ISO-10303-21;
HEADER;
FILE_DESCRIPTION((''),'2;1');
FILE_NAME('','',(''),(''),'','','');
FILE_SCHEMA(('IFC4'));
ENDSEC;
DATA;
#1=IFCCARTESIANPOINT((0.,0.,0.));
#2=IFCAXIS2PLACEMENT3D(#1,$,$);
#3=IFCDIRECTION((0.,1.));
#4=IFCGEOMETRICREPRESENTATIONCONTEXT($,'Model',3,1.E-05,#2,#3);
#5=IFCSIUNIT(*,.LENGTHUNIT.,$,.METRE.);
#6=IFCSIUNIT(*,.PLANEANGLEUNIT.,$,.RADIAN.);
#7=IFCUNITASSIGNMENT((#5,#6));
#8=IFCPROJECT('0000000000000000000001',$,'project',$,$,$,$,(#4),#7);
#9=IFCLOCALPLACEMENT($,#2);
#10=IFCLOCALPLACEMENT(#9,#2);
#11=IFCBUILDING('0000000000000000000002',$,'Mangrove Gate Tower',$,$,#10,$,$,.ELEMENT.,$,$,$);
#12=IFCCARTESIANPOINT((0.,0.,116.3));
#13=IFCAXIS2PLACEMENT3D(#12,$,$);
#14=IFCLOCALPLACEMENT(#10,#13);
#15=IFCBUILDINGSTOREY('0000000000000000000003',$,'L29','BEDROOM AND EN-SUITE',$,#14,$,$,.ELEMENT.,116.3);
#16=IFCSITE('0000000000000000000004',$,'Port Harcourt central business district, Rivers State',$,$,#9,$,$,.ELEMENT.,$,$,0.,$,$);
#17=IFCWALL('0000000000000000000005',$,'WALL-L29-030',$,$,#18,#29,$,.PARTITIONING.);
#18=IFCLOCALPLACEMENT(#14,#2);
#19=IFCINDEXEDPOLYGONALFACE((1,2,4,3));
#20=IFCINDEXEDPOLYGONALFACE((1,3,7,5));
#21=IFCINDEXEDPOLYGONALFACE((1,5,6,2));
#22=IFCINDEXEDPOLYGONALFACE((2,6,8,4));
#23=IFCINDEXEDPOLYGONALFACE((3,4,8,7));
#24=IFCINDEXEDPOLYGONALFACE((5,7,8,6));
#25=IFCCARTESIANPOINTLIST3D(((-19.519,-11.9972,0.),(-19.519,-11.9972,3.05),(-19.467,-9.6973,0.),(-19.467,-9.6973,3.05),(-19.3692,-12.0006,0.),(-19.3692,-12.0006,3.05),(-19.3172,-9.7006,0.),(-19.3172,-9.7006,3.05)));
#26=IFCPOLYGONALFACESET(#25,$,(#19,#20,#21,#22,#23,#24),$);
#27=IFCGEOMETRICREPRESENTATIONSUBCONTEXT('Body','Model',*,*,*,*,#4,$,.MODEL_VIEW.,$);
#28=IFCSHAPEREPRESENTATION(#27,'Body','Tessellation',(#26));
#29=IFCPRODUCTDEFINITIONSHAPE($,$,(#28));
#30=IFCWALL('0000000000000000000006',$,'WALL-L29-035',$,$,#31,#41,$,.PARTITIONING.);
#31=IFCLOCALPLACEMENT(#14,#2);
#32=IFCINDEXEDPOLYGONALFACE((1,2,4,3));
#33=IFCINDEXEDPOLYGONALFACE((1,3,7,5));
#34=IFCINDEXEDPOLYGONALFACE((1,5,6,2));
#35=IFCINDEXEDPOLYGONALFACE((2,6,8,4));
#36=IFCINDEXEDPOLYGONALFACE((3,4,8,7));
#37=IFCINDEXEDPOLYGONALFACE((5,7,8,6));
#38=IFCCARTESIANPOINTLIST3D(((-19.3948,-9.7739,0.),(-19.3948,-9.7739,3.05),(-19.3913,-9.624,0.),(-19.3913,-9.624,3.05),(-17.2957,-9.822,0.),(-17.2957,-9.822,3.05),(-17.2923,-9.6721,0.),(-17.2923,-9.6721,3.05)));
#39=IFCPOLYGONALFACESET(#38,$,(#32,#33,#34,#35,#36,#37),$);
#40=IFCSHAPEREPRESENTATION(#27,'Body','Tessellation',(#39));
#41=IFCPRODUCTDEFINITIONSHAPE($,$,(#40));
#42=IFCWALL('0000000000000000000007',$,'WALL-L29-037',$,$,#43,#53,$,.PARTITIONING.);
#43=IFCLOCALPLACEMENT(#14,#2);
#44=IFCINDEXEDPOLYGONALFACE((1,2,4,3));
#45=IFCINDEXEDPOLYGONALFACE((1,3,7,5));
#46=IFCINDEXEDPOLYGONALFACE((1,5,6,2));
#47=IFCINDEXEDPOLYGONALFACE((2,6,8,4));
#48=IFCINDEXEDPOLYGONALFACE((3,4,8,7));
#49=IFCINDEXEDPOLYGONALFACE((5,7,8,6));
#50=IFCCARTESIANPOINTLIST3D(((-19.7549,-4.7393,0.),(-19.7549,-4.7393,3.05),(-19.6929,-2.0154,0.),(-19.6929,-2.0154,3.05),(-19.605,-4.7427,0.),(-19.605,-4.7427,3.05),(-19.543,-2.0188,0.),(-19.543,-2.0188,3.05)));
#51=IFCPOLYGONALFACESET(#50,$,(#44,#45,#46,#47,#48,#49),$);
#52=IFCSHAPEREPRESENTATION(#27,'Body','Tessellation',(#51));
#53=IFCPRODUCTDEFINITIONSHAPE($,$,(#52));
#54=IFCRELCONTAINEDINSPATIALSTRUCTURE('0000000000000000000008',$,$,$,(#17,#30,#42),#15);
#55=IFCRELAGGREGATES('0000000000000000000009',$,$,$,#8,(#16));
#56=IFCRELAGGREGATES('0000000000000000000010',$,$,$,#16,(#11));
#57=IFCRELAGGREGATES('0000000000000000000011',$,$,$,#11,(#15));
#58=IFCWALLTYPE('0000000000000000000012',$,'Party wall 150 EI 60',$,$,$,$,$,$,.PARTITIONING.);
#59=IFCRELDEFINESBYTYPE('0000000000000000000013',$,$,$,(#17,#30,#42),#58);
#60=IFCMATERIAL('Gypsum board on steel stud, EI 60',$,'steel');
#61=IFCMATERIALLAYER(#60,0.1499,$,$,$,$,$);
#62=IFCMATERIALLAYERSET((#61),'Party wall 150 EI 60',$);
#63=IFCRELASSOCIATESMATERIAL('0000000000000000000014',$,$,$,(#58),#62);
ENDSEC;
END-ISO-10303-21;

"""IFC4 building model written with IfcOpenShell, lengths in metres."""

from ifc_helpers import new_model, si_unit, direction, frame, frame_2d, origin, place, context, subcontext, project, spatial, rectangle, extrude, material, layer, layer_set, type_object, element, save


model = new_model("IFC4")

# Units and contexts
model_context = context("Model", 3, precision=1e-05, world=origin(), true_north=direction((0.0, 1.0)))
body_context = subcontext(model_context, "Body", "Model", "MODEL_VIEW")
ifc_project = project(units=[si_unit("LENGTHUNIT", "METRE"), si_unit("PLANEANGLEUNIT", "RADIAN")], contexts=[model_context])

# Site, building, storey
site_placement = place(None, origin())
site = spatial("IfcSite", under=ifc_project, at=site_placement, Name="Port Harcourt central business district, Rivers State", CompositionType="ELEMENT", RefElevation=0.0)
building_placement = place(site_placement, origin())
building = spatial("IfcBuilding", under=site, at=building_placement, Name="Mangrove Gate Tower", CompositionType="ELEMENT")
storey_placement = place(building_placement, frame((0.0, 0.0, 116.3)))
storey = spatial("IfcBuildingStorey", under=building, at=storey_placement, Name="L29", Description="BEDROOM AND EN-SUITE", CompositionType="ELEMENT", Elevation=116.3)

# Walls
ifc_material_1 = material(Name="Gypsum board on steel stud, EI 60", Category="steel")
ifc_layer_1 = layer(ifc_material_1, 0.1499)
ifc_layer_set_1 = layer_set([ifc_layer_1], Name="Party wall 150 EI 60")
wall_type_1 = type_object("IfcWallType", Name="Party wall 150 EI 60", PredefinedType="PARTITIONING", material=ifc_layer_set_1)
wall_1_placement = place(storey_placement, frame((-19.4441, -11.999, 0.0), z_axis=(0.0, 0.0, 1.0), x_axis=(0.022603, 0.999745, 0.0)))
element("IfcWall", 1, at=wall_1_placement, inside=storey, type_object=wall_type_1, Name="WALL-L29-030", PredefinedType="PARTITIONING", context=body_context, shape_type="SweptSolid", body=[
    extrude(rectangle(XDim=2.3005, YDim=0.1499, at=frame_2d((1.1504, 0.0))), origin(), (0.0, 0.0, 1.0), 3.05),
])
wall_2_placement = place(storey_placement, frame((-19.3931, -9.699, 0.0), z_axis=(0.0, 0.0, 1.0), x_axis=(0.999738, -0.022906, 0.0)))
element("IfcWall", 2, at=wall_2_placement, inside=storey, type_object=wall_type_1, Name="WALL-L29-035", PredefinedType="PARTITIONING", context=body_context, shape_type="SweptSolid", body=[
    extrude(rectangle(XDim=2.0996, YDim=0.1499, at=frame_2d((1.0498, 0.0))), origin(), (0.0, 0.0, 1.0), 3.05),
])
wall_3_placement = place(storey_placement, frame((-19.6799, -4.741, 0.0), z_axis=(0.0, 0.0, 1.0), x_axis=(0.02276, 0.999741, 0.0)))
element("IfcWall", 3, at=wall_3_placement, inside=storey, type_object=wall_type_1, Name="WALL-L29-037", PredefinedType="PARTITIONING", context=body_context, shape_type="SweptSolid", body=[
    extrude(rectangle(XDim=2.7246, YDim=0.1499, at=frame_2d((1.3623, 0.0))), origin(), (0.0, 0.0, 1.0), 3.05),
])

save(model, "model.ifc")
